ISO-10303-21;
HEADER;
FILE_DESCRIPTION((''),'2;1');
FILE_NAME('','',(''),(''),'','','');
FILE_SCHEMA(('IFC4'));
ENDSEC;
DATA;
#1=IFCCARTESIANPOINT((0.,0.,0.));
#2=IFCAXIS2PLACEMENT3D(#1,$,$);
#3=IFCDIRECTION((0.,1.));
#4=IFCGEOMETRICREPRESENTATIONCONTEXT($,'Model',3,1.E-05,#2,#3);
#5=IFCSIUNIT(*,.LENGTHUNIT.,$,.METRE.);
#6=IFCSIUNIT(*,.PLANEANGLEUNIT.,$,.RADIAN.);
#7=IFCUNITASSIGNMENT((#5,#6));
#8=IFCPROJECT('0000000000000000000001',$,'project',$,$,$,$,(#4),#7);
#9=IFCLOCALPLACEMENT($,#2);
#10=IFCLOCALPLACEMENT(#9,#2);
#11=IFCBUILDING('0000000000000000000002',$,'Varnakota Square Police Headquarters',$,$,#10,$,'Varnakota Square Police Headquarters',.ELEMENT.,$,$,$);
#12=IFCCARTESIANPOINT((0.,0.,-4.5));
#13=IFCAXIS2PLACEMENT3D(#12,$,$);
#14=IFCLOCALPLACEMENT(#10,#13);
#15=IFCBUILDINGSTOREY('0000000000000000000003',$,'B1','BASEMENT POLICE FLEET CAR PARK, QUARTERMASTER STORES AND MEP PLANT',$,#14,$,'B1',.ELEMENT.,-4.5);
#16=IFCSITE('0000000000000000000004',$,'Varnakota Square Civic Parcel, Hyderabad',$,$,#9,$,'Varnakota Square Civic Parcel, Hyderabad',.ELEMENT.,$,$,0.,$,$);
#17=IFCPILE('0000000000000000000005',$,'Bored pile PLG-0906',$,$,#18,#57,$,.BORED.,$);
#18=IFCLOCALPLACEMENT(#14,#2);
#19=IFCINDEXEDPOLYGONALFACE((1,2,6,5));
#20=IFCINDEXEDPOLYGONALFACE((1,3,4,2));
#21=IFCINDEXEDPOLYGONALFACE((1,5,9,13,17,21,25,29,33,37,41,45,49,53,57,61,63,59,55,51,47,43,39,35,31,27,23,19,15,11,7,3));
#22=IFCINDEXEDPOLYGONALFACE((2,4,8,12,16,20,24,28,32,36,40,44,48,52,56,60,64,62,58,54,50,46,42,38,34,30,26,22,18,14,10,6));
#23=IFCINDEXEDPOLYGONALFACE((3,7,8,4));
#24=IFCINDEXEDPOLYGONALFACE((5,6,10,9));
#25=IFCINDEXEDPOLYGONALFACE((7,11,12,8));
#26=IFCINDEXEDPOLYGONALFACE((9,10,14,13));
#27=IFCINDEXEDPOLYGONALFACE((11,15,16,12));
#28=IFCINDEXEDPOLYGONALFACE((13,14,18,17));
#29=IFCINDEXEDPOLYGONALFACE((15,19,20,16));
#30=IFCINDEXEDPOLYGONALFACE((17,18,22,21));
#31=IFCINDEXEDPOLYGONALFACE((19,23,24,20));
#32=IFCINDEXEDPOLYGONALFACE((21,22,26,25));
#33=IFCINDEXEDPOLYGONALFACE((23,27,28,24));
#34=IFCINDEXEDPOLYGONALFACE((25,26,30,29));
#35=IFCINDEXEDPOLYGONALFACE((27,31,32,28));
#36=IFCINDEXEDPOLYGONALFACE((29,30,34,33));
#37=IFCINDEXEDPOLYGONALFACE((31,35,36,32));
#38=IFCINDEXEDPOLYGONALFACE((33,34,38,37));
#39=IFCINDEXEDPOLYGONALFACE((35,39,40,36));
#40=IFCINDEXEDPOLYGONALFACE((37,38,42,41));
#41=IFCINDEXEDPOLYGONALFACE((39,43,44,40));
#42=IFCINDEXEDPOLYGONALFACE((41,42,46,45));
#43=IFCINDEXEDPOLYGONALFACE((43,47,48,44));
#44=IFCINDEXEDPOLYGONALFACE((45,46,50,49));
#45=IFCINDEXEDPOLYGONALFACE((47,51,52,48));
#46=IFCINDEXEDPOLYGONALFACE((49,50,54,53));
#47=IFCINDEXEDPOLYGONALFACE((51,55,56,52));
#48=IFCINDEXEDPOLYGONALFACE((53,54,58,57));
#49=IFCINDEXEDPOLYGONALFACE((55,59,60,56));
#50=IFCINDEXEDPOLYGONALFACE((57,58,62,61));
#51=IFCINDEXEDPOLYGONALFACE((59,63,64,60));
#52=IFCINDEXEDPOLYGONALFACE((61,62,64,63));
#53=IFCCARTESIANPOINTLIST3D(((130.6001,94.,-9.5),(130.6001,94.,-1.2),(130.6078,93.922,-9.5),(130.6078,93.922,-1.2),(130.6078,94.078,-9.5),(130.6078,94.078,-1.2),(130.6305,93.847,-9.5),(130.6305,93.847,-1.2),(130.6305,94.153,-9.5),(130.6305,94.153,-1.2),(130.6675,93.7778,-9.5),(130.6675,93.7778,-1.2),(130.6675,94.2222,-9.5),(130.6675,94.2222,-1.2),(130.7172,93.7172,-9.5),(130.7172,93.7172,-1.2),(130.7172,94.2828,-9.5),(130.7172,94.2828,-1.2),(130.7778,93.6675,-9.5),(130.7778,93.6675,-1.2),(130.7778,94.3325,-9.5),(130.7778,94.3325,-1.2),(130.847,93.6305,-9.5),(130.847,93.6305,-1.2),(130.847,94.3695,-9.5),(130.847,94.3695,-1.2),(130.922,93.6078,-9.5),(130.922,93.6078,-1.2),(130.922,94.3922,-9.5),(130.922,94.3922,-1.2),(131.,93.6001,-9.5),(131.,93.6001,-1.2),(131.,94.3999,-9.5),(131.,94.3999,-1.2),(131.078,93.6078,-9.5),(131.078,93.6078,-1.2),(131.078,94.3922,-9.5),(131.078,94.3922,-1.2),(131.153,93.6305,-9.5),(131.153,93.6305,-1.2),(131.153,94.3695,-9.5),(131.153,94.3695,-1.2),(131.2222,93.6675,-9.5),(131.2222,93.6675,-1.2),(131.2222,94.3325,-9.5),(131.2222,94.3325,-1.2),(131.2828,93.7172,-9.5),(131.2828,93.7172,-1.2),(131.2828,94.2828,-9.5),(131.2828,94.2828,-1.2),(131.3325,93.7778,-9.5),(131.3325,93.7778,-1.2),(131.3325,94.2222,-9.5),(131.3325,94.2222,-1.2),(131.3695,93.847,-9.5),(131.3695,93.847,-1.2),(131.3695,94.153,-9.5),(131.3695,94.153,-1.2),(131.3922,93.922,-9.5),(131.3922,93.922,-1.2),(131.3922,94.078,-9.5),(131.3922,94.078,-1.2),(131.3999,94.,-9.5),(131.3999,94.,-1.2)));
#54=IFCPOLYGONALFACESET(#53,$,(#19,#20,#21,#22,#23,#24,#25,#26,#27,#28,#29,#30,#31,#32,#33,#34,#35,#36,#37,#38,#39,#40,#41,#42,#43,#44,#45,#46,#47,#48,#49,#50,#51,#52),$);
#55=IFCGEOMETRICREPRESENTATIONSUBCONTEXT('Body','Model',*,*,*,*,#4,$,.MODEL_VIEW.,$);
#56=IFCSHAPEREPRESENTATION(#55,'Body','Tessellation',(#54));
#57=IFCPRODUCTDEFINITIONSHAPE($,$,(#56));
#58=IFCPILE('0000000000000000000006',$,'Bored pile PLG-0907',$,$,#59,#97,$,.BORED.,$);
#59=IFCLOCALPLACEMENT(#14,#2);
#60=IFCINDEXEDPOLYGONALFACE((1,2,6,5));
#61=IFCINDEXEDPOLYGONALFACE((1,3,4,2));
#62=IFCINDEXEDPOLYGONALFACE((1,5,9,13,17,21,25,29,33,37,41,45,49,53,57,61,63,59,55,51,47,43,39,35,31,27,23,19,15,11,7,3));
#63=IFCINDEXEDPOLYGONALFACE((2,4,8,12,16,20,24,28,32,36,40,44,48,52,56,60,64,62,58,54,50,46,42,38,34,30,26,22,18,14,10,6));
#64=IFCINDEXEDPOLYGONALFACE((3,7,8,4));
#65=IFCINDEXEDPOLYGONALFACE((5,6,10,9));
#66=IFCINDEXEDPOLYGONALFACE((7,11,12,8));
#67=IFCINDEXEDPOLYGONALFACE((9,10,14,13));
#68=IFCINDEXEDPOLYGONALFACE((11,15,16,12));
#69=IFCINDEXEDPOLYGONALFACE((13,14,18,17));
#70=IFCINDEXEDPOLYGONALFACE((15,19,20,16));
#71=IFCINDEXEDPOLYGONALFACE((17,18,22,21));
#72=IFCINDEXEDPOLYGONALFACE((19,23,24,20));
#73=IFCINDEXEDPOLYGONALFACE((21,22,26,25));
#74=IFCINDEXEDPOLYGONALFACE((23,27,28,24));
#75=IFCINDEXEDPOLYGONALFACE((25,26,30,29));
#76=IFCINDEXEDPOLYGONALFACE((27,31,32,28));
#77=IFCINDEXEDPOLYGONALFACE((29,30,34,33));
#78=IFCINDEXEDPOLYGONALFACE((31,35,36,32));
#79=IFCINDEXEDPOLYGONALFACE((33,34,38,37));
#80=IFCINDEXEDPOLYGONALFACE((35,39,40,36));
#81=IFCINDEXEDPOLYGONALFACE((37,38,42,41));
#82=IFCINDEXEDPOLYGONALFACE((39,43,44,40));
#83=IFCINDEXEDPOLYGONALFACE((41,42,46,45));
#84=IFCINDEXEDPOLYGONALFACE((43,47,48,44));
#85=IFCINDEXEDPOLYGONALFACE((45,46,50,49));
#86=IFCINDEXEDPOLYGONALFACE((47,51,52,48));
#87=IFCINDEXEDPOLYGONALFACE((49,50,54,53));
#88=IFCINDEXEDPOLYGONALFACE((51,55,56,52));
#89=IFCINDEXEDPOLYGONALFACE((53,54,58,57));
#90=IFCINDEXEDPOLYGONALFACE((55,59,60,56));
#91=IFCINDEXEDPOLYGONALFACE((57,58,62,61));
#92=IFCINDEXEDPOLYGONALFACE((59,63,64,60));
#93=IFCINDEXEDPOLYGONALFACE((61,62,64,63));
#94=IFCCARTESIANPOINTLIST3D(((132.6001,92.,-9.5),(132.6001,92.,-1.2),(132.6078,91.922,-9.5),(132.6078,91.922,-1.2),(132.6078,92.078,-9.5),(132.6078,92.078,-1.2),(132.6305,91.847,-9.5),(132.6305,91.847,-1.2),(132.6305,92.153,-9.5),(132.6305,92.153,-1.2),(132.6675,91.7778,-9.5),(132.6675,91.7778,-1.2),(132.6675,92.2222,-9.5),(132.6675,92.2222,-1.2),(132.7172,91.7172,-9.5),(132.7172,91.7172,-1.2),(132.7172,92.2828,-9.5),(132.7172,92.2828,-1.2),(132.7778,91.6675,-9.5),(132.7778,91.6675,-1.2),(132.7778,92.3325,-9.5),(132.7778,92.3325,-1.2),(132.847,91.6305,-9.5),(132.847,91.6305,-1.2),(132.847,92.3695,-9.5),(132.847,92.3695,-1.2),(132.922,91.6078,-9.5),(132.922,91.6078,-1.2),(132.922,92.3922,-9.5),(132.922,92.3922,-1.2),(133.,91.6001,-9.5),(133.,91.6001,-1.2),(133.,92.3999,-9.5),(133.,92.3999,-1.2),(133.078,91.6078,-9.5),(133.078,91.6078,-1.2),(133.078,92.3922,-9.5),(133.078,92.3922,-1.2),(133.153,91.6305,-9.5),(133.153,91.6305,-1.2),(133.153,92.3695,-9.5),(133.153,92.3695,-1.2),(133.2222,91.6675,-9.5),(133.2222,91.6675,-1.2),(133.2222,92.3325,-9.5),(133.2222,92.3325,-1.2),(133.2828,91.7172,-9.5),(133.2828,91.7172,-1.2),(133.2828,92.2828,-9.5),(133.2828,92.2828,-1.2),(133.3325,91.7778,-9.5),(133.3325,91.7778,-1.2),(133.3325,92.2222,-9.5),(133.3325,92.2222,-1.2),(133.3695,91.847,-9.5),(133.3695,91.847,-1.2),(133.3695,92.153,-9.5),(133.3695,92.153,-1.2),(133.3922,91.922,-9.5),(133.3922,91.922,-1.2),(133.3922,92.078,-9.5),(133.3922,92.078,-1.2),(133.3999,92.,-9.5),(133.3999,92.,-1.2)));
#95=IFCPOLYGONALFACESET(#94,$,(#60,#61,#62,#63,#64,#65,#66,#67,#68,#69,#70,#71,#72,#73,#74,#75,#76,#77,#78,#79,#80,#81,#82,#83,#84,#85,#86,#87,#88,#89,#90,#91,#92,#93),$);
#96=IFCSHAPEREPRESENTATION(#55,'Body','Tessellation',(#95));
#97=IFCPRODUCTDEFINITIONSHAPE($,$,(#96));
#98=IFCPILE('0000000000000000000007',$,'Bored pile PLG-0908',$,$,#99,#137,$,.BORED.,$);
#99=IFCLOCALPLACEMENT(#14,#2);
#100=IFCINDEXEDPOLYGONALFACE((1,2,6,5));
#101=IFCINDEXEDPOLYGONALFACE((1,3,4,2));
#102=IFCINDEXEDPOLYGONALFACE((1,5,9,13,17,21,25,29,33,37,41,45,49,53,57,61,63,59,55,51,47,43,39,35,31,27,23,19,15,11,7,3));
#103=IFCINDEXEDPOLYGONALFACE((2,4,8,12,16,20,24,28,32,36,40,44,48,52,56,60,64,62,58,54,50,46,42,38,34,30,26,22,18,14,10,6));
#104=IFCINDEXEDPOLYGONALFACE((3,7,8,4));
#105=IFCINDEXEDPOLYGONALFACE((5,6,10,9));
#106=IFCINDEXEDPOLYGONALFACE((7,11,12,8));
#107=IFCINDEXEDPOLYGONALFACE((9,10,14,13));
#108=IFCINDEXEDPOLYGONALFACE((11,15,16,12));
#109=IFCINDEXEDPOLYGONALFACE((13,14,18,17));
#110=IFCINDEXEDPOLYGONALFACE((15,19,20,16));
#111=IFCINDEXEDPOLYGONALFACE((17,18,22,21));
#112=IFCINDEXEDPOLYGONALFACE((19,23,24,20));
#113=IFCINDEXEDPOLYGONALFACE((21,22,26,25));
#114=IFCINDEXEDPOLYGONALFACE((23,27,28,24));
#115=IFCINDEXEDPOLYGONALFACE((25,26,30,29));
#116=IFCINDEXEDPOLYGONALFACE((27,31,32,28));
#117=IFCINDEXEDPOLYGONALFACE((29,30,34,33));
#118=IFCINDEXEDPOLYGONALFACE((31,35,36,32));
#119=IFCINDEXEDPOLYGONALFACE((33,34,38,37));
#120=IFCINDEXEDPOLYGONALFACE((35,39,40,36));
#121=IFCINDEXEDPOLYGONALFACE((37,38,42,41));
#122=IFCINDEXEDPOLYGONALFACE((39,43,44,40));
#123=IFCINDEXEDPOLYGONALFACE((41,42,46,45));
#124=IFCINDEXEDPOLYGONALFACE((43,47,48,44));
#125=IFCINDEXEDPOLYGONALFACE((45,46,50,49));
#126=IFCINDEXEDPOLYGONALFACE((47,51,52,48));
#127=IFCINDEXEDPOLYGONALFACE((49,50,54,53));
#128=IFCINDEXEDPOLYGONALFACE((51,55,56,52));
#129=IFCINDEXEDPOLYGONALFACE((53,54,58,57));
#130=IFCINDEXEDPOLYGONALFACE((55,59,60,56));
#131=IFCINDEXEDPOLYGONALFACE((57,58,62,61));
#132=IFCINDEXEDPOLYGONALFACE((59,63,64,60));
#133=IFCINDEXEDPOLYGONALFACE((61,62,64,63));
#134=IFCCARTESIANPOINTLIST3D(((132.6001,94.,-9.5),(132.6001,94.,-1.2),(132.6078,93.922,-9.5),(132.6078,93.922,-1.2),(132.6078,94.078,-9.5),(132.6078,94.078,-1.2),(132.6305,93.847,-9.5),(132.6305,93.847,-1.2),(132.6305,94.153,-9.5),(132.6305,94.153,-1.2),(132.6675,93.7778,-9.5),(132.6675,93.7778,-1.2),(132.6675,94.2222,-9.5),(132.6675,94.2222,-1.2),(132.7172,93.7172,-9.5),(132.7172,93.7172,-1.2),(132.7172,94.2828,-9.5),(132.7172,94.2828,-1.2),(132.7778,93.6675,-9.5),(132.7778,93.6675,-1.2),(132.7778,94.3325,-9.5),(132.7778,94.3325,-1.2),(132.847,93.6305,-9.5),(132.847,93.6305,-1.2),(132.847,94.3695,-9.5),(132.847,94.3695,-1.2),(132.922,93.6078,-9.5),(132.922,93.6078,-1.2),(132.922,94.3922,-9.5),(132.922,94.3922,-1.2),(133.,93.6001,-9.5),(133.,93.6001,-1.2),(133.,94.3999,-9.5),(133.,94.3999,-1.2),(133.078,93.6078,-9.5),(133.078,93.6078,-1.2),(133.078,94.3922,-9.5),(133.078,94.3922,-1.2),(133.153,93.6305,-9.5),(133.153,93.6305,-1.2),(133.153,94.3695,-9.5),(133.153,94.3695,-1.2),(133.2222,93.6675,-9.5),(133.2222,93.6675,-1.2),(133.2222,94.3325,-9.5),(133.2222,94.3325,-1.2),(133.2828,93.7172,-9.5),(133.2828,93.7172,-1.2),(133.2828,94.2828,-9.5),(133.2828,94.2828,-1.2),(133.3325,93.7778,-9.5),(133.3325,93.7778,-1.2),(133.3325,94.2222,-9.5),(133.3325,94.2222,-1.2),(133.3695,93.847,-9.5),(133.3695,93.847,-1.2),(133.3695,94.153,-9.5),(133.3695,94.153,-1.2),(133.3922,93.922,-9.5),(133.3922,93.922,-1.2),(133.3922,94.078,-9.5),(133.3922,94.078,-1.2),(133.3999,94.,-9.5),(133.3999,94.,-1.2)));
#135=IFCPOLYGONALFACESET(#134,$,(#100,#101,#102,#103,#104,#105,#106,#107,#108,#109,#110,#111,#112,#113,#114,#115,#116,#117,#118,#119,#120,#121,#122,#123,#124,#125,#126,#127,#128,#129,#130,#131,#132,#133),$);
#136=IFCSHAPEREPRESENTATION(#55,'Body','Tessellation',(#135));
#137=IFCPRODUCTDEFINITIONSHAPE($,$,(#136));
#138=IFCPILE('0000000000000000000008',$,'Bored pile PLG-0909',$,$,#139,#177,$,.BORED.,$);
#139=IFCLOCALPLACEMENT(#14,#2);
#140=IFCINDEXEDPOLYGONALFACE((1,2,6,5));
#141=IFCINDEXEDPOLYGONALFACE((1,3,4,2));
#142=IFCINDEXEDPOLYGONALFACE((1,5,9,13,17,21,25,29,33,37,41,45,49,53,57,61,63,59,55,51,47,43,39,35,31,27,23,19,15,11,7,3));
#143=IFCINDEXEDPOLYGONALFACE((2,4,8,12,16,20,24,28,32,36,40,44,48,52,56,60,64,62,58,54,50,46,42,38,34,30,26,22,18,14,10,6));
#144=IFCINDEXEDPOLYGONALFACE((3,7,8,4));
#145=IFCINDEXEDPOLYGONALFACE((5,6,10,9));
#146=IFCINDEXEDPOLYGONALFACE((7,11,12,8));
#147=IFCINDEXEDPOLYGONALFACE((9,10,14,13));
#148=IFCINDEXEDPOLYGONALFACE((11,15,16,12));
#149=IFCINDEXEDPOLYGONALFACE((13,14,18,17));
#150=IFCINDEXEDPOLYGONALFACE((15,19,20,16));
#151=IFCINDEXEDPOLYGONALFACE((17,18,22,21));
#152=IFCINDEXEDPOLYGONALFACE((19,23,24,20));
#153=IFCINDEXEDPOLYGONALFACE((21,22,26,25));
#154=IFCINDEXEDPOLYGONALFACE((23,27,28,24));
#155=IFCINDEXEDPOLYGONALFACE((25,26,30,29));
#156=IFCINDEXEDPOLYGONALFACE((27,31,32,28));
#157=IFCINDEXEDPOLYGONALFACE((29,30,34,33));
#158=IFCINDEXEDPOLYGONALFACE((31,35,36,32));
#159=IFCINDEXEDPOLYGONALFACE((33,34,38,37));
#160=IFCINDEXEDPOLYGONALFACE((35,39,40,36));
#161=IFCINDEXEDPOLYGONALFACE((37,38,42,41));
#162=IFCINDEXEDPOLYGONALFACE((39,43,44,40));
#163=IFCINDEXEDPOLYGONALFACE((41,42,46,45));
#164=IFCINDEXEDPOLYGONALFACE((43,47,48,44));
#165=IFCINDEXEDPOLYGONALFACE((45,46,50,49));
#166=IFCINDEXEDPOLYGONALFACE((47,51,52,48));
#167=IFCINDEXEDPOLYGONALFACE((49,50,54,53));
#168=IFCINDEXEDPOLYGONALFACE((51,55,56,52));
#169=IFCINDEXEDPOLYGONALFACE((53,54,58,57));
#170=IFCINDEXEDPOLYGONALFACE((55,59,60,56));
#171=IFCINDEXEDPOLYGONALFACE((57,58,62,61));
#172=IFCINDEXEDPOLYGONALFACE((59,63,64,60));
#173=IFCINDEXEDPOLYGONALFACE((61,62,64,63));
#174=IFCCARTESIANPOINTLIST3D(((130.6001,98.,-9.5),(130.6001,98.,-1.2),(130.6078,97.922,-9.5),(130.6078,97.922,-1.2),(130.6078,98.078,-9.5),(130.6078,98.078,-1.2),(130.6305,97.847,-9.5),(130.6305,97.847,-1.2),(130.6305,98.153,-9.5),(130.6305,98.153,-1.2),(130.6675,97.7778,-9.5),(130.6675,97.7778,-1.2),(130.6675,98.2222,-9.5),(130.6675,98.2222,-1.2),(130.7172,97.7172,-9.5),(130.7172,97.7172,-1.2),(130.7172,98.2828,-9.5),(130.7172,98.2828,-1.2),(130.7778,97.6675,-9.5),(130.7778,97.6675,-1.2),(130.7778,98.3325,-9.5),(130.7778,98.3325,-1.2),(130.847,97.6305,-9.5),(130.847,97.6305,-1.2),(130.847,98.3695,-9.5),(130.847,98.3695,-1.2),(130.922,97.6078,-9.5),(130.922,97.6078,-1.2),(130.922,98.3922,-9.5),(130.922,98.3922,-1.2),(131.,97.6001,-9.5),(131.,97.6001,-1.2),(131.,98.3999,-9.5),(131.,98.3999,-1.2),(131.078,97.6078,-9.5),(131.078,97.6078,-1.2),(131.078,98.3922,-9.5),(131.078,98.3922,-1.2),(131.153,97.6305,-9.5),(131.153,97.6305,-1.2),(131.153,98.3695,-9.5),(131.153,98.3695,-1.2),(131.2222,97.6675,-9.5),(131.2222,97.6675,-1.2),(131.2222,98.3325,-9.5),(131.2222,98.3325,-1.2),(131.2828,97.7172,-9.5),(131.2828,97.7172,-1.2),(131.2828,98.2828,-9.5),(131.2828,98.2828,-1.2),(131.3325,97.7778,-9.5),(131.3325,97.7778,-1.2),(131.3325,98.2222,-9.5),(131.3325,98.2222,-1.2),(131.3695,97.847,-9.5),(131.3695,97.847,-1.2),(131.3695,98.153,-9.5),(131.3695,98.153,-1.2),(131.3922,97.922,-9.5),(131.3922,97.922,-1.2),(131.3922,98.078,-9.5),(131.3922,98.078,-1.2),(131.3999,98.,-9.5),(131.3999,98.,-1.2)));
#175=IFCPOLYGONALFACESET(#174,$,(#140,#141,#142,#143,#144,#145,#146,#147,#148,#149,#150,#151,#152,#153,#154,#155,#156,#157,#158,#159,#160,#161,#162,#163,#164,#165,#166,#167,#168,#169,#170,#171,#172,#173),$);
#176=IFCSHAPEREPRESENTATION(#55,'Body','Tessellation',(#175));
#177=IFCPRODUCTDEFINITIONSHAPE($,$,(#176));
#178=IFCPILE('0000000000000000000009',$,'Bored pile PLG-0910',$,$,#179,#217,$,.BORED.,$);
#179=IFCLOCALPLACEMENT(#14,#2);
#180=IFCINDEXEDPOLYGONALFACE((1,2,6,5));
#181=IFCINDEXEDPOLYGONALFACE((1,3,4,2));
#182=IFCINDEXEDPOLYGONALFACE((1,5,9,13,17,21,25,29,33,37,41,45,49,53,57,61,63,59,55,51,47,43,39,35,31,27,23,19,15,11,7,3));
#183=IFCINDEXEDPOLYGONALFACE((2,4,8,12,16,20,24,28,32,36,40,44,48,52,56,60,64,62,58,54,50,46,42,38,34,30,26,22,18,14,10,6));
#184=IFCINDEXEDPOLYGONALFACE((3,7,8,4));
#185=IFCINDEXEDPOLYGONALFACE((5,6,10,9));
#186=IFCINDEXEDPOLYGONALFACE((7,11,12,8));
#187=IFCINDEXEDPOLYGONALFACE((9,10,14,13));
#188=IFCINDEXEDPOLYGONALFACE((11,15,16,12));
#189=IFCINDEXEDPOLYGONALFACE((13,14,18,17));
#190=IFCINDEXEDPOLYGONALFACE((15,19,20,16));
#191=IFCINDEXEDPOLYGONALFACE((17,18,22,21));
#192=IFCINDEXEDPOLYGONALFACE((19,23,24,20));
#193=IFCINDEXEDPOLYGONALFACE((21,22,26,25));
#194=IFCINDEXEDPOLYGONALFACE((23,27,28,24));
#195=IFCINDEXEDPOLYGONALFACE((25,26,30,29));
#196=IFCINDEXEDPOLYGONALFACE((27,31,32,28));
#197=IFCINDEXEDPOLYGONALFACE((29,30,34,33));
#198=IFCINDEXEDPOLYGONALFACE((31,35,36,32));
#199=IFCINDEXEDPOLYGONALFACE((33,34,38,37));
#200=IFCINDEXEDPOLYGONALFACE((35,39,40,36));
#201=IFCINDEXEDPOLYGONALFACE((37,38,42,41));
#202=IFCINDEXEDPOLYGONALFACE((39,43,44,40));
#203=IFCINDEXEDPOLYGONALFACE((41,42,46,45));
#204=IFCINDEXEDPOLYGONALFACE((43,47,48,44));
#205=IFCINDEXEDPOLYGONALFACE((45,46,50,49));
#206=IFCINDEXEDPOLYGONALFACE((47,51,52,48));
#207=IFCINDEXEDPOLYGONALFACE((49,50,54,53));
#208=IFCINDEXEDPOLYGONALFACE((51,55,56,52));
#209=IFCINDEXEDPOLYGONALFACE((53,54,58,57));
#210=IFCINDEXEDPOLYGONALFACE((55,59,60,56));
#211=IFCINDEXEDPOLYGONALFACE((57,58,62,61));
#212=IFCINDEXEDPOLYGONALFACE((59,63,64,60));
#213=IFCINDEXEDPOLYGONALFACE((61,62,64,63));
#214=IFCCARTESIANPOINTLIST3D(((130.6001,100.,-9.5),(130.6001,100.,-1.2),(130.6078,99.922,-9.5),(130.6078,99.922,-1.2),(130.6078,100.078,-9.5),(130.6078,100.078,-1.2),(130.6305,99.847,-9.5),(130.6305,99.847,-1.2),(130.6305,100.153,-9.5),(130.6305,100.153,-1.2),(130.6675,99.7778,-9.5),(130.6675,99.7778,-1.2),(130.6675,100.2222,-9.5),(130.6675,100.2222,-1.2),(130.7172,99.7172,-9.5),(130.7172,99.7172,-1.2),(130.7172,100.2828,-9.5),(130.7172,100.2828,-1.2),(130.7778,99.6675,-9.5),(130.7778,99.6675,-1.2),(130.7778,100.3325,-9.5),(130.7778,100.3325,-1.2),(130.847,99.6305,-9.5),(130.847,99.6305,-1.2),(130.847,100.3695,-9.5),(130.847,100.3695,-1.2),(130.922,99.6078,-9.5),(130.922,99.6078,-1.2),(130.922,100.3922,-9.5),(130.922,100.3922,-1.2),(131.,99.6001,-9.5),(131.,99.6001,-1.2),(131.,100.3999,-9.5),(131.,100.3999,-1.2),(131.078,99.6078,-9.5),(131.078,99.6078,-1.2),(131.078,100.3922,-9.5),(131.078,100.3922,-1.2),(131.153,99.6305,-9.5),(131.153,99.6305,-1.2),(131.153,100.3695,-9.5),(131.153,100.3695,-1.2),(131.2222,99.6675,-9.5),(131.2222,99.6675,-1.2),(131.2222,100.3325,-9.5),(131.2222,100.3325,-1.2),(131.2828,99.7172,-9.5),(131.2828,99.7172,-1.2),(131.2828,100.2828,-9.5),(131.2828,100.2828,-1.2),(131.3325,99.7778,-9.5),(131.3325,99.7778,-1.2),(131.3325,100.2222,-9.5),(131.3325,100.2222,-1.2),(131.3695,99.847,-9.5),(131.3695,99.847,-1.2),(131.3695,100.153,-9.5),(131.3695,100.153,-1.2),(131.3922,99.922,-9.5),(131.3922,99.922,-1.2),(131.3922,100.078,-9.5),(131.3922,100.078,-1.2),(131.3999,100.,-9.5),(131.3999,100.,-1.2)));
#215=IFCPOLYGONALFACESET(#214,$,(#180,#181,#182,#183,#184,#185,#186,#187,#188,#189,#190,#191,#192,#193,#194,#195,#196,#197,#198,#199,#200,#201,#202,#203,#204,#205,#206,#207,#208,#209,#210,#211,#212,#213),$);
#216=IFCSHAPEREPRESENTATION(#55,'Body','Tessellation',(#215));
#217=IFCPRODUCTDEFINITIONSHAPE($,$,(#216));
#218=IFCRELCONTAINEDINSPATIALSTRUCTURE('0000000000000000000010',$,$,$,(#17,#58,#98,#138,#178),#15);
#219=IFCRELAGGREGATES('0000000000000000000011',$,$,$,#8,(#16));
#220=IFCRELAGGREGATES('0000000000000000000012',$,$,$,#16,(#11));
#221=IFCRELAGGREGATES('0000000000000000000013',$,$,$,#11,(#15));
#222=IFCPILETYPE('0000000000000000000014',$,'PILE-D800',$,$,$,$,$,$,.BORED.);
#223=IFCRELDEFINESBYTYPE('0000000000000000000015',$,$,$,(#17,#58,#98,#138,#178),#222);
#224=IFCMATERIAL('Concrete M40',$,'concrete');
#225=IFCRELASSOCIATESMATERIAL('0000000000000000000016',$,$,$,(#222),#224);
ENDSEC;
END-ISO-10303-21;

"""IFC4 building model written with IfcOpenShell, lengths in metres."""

from ifc_helpers import new_model, si_unit, direction, frame, origin, origin_2d, place, context, subcontext, project, spatial, circle, extrude, material, material_profile, profile_set, type_object, element, save


model = new_model("IFC4")

# Units and contexts
model_context = context("Model", 3, precision=1e-05, world=origin(), true_north=direction((0.0, 1.0)))
body_context = subcontext(model_context, "Body", "Model", "MODEL_VIEW")
ifc_project = project(units=[si_unit("LENGTHUNIT", "METRE"), si_unit("PLANEANGLEUNIT", "RADIAN")], contexts=[model_context])

# Site, building, storey
site_placement = place(None, origin())
site = spatial("IfcSite", under=ifc_project, at=site_placement, Name="Varnakota Square Civic Parcel, Hyderabad", LongName="Varnakota Square Civic Parcel, Hyderabad", CompositionType="ELEMENT", RefElevation=0.0)
building_placement = place(site_placement, origin())
building = spatial("IfcBuilding", under=site, at=building_placement, Name="Varnakota Square Police Headquarters", LongName="Varnakota Square Police Headquarters", CompositionType="ELEMENT")
storey_placement = place(building_placement, frame((0.0, 0.0, -4.5)))
storey = spatial("IfcBuildingStorey", under=building, at=storey_placement, Name="B1", Description="BASEMENT POLICE FLEET CAR PARK, QUARTERMASTER STORES AND MEP PLANT", LongName="B1", CompositionType="ELEMENT", Elevation=-4.5)

# Shared definitions
ifc_material_1 = material(Name="Concrete M40", Category="concrete")

# Piles
ifc_material_profile_1 = material_profile(ifc_material_1, circle(Radius=0.3999, at=origin_2d()), Name="BORED PILE 800")
ifc_profile_set_1 = profile_set([ifc_material_profile_1], Name="Concrete M40")
pile_type = type_object("IfcPileType", Name="PILE-D800", PredefinedType="BORED", material=ifc_profile_set_1)
for number, where, z_axis, x_axis, name in (
    (1, (131.0, 94.0, -1.2), (0.0, 0.0, -1.0), (1.0, 0.0, 0.0), "Bored pile PLG-0906"),
    (2, (133.0, 92.0, -1.2), (0.0, 0.0, -1.0), (1.0, 0.0, 0.0), "Bored pile PLG-0907"),
    (3, (133.0, 94.0, -1.2), (0.0, 0.0, -1.0), (1.0, 0.0, 0.0), "Bored pile PLG-0908"),
    (4, (131.0, 98.0, -1.2), (0.0, 0.0, -1.0), (1.0, 0.0, 0.0), "Bored pile PLG-0909"),
    (5, (131.0, 100.0, -1.2), (0.0, 0.0, -1.0), (1.0, 0.0, 0.0), "Bored pile PLG-0910"),
):
    element("IfcPile", number, at=place(storey_placement, frame(where, z_axis=z_axis, x_axis=x_axis)), inside=storey, type_object=pile_type, Name=name, PredefinedType="BORED", context=body_context, shape_type="SweptSolid", body=[
        extrude(circle(Radius=0.3999, at=origin_2d()), origin(), (0.0, 0.0, 1.0), 8.3),
    ])

save(model, "model.ifc")
